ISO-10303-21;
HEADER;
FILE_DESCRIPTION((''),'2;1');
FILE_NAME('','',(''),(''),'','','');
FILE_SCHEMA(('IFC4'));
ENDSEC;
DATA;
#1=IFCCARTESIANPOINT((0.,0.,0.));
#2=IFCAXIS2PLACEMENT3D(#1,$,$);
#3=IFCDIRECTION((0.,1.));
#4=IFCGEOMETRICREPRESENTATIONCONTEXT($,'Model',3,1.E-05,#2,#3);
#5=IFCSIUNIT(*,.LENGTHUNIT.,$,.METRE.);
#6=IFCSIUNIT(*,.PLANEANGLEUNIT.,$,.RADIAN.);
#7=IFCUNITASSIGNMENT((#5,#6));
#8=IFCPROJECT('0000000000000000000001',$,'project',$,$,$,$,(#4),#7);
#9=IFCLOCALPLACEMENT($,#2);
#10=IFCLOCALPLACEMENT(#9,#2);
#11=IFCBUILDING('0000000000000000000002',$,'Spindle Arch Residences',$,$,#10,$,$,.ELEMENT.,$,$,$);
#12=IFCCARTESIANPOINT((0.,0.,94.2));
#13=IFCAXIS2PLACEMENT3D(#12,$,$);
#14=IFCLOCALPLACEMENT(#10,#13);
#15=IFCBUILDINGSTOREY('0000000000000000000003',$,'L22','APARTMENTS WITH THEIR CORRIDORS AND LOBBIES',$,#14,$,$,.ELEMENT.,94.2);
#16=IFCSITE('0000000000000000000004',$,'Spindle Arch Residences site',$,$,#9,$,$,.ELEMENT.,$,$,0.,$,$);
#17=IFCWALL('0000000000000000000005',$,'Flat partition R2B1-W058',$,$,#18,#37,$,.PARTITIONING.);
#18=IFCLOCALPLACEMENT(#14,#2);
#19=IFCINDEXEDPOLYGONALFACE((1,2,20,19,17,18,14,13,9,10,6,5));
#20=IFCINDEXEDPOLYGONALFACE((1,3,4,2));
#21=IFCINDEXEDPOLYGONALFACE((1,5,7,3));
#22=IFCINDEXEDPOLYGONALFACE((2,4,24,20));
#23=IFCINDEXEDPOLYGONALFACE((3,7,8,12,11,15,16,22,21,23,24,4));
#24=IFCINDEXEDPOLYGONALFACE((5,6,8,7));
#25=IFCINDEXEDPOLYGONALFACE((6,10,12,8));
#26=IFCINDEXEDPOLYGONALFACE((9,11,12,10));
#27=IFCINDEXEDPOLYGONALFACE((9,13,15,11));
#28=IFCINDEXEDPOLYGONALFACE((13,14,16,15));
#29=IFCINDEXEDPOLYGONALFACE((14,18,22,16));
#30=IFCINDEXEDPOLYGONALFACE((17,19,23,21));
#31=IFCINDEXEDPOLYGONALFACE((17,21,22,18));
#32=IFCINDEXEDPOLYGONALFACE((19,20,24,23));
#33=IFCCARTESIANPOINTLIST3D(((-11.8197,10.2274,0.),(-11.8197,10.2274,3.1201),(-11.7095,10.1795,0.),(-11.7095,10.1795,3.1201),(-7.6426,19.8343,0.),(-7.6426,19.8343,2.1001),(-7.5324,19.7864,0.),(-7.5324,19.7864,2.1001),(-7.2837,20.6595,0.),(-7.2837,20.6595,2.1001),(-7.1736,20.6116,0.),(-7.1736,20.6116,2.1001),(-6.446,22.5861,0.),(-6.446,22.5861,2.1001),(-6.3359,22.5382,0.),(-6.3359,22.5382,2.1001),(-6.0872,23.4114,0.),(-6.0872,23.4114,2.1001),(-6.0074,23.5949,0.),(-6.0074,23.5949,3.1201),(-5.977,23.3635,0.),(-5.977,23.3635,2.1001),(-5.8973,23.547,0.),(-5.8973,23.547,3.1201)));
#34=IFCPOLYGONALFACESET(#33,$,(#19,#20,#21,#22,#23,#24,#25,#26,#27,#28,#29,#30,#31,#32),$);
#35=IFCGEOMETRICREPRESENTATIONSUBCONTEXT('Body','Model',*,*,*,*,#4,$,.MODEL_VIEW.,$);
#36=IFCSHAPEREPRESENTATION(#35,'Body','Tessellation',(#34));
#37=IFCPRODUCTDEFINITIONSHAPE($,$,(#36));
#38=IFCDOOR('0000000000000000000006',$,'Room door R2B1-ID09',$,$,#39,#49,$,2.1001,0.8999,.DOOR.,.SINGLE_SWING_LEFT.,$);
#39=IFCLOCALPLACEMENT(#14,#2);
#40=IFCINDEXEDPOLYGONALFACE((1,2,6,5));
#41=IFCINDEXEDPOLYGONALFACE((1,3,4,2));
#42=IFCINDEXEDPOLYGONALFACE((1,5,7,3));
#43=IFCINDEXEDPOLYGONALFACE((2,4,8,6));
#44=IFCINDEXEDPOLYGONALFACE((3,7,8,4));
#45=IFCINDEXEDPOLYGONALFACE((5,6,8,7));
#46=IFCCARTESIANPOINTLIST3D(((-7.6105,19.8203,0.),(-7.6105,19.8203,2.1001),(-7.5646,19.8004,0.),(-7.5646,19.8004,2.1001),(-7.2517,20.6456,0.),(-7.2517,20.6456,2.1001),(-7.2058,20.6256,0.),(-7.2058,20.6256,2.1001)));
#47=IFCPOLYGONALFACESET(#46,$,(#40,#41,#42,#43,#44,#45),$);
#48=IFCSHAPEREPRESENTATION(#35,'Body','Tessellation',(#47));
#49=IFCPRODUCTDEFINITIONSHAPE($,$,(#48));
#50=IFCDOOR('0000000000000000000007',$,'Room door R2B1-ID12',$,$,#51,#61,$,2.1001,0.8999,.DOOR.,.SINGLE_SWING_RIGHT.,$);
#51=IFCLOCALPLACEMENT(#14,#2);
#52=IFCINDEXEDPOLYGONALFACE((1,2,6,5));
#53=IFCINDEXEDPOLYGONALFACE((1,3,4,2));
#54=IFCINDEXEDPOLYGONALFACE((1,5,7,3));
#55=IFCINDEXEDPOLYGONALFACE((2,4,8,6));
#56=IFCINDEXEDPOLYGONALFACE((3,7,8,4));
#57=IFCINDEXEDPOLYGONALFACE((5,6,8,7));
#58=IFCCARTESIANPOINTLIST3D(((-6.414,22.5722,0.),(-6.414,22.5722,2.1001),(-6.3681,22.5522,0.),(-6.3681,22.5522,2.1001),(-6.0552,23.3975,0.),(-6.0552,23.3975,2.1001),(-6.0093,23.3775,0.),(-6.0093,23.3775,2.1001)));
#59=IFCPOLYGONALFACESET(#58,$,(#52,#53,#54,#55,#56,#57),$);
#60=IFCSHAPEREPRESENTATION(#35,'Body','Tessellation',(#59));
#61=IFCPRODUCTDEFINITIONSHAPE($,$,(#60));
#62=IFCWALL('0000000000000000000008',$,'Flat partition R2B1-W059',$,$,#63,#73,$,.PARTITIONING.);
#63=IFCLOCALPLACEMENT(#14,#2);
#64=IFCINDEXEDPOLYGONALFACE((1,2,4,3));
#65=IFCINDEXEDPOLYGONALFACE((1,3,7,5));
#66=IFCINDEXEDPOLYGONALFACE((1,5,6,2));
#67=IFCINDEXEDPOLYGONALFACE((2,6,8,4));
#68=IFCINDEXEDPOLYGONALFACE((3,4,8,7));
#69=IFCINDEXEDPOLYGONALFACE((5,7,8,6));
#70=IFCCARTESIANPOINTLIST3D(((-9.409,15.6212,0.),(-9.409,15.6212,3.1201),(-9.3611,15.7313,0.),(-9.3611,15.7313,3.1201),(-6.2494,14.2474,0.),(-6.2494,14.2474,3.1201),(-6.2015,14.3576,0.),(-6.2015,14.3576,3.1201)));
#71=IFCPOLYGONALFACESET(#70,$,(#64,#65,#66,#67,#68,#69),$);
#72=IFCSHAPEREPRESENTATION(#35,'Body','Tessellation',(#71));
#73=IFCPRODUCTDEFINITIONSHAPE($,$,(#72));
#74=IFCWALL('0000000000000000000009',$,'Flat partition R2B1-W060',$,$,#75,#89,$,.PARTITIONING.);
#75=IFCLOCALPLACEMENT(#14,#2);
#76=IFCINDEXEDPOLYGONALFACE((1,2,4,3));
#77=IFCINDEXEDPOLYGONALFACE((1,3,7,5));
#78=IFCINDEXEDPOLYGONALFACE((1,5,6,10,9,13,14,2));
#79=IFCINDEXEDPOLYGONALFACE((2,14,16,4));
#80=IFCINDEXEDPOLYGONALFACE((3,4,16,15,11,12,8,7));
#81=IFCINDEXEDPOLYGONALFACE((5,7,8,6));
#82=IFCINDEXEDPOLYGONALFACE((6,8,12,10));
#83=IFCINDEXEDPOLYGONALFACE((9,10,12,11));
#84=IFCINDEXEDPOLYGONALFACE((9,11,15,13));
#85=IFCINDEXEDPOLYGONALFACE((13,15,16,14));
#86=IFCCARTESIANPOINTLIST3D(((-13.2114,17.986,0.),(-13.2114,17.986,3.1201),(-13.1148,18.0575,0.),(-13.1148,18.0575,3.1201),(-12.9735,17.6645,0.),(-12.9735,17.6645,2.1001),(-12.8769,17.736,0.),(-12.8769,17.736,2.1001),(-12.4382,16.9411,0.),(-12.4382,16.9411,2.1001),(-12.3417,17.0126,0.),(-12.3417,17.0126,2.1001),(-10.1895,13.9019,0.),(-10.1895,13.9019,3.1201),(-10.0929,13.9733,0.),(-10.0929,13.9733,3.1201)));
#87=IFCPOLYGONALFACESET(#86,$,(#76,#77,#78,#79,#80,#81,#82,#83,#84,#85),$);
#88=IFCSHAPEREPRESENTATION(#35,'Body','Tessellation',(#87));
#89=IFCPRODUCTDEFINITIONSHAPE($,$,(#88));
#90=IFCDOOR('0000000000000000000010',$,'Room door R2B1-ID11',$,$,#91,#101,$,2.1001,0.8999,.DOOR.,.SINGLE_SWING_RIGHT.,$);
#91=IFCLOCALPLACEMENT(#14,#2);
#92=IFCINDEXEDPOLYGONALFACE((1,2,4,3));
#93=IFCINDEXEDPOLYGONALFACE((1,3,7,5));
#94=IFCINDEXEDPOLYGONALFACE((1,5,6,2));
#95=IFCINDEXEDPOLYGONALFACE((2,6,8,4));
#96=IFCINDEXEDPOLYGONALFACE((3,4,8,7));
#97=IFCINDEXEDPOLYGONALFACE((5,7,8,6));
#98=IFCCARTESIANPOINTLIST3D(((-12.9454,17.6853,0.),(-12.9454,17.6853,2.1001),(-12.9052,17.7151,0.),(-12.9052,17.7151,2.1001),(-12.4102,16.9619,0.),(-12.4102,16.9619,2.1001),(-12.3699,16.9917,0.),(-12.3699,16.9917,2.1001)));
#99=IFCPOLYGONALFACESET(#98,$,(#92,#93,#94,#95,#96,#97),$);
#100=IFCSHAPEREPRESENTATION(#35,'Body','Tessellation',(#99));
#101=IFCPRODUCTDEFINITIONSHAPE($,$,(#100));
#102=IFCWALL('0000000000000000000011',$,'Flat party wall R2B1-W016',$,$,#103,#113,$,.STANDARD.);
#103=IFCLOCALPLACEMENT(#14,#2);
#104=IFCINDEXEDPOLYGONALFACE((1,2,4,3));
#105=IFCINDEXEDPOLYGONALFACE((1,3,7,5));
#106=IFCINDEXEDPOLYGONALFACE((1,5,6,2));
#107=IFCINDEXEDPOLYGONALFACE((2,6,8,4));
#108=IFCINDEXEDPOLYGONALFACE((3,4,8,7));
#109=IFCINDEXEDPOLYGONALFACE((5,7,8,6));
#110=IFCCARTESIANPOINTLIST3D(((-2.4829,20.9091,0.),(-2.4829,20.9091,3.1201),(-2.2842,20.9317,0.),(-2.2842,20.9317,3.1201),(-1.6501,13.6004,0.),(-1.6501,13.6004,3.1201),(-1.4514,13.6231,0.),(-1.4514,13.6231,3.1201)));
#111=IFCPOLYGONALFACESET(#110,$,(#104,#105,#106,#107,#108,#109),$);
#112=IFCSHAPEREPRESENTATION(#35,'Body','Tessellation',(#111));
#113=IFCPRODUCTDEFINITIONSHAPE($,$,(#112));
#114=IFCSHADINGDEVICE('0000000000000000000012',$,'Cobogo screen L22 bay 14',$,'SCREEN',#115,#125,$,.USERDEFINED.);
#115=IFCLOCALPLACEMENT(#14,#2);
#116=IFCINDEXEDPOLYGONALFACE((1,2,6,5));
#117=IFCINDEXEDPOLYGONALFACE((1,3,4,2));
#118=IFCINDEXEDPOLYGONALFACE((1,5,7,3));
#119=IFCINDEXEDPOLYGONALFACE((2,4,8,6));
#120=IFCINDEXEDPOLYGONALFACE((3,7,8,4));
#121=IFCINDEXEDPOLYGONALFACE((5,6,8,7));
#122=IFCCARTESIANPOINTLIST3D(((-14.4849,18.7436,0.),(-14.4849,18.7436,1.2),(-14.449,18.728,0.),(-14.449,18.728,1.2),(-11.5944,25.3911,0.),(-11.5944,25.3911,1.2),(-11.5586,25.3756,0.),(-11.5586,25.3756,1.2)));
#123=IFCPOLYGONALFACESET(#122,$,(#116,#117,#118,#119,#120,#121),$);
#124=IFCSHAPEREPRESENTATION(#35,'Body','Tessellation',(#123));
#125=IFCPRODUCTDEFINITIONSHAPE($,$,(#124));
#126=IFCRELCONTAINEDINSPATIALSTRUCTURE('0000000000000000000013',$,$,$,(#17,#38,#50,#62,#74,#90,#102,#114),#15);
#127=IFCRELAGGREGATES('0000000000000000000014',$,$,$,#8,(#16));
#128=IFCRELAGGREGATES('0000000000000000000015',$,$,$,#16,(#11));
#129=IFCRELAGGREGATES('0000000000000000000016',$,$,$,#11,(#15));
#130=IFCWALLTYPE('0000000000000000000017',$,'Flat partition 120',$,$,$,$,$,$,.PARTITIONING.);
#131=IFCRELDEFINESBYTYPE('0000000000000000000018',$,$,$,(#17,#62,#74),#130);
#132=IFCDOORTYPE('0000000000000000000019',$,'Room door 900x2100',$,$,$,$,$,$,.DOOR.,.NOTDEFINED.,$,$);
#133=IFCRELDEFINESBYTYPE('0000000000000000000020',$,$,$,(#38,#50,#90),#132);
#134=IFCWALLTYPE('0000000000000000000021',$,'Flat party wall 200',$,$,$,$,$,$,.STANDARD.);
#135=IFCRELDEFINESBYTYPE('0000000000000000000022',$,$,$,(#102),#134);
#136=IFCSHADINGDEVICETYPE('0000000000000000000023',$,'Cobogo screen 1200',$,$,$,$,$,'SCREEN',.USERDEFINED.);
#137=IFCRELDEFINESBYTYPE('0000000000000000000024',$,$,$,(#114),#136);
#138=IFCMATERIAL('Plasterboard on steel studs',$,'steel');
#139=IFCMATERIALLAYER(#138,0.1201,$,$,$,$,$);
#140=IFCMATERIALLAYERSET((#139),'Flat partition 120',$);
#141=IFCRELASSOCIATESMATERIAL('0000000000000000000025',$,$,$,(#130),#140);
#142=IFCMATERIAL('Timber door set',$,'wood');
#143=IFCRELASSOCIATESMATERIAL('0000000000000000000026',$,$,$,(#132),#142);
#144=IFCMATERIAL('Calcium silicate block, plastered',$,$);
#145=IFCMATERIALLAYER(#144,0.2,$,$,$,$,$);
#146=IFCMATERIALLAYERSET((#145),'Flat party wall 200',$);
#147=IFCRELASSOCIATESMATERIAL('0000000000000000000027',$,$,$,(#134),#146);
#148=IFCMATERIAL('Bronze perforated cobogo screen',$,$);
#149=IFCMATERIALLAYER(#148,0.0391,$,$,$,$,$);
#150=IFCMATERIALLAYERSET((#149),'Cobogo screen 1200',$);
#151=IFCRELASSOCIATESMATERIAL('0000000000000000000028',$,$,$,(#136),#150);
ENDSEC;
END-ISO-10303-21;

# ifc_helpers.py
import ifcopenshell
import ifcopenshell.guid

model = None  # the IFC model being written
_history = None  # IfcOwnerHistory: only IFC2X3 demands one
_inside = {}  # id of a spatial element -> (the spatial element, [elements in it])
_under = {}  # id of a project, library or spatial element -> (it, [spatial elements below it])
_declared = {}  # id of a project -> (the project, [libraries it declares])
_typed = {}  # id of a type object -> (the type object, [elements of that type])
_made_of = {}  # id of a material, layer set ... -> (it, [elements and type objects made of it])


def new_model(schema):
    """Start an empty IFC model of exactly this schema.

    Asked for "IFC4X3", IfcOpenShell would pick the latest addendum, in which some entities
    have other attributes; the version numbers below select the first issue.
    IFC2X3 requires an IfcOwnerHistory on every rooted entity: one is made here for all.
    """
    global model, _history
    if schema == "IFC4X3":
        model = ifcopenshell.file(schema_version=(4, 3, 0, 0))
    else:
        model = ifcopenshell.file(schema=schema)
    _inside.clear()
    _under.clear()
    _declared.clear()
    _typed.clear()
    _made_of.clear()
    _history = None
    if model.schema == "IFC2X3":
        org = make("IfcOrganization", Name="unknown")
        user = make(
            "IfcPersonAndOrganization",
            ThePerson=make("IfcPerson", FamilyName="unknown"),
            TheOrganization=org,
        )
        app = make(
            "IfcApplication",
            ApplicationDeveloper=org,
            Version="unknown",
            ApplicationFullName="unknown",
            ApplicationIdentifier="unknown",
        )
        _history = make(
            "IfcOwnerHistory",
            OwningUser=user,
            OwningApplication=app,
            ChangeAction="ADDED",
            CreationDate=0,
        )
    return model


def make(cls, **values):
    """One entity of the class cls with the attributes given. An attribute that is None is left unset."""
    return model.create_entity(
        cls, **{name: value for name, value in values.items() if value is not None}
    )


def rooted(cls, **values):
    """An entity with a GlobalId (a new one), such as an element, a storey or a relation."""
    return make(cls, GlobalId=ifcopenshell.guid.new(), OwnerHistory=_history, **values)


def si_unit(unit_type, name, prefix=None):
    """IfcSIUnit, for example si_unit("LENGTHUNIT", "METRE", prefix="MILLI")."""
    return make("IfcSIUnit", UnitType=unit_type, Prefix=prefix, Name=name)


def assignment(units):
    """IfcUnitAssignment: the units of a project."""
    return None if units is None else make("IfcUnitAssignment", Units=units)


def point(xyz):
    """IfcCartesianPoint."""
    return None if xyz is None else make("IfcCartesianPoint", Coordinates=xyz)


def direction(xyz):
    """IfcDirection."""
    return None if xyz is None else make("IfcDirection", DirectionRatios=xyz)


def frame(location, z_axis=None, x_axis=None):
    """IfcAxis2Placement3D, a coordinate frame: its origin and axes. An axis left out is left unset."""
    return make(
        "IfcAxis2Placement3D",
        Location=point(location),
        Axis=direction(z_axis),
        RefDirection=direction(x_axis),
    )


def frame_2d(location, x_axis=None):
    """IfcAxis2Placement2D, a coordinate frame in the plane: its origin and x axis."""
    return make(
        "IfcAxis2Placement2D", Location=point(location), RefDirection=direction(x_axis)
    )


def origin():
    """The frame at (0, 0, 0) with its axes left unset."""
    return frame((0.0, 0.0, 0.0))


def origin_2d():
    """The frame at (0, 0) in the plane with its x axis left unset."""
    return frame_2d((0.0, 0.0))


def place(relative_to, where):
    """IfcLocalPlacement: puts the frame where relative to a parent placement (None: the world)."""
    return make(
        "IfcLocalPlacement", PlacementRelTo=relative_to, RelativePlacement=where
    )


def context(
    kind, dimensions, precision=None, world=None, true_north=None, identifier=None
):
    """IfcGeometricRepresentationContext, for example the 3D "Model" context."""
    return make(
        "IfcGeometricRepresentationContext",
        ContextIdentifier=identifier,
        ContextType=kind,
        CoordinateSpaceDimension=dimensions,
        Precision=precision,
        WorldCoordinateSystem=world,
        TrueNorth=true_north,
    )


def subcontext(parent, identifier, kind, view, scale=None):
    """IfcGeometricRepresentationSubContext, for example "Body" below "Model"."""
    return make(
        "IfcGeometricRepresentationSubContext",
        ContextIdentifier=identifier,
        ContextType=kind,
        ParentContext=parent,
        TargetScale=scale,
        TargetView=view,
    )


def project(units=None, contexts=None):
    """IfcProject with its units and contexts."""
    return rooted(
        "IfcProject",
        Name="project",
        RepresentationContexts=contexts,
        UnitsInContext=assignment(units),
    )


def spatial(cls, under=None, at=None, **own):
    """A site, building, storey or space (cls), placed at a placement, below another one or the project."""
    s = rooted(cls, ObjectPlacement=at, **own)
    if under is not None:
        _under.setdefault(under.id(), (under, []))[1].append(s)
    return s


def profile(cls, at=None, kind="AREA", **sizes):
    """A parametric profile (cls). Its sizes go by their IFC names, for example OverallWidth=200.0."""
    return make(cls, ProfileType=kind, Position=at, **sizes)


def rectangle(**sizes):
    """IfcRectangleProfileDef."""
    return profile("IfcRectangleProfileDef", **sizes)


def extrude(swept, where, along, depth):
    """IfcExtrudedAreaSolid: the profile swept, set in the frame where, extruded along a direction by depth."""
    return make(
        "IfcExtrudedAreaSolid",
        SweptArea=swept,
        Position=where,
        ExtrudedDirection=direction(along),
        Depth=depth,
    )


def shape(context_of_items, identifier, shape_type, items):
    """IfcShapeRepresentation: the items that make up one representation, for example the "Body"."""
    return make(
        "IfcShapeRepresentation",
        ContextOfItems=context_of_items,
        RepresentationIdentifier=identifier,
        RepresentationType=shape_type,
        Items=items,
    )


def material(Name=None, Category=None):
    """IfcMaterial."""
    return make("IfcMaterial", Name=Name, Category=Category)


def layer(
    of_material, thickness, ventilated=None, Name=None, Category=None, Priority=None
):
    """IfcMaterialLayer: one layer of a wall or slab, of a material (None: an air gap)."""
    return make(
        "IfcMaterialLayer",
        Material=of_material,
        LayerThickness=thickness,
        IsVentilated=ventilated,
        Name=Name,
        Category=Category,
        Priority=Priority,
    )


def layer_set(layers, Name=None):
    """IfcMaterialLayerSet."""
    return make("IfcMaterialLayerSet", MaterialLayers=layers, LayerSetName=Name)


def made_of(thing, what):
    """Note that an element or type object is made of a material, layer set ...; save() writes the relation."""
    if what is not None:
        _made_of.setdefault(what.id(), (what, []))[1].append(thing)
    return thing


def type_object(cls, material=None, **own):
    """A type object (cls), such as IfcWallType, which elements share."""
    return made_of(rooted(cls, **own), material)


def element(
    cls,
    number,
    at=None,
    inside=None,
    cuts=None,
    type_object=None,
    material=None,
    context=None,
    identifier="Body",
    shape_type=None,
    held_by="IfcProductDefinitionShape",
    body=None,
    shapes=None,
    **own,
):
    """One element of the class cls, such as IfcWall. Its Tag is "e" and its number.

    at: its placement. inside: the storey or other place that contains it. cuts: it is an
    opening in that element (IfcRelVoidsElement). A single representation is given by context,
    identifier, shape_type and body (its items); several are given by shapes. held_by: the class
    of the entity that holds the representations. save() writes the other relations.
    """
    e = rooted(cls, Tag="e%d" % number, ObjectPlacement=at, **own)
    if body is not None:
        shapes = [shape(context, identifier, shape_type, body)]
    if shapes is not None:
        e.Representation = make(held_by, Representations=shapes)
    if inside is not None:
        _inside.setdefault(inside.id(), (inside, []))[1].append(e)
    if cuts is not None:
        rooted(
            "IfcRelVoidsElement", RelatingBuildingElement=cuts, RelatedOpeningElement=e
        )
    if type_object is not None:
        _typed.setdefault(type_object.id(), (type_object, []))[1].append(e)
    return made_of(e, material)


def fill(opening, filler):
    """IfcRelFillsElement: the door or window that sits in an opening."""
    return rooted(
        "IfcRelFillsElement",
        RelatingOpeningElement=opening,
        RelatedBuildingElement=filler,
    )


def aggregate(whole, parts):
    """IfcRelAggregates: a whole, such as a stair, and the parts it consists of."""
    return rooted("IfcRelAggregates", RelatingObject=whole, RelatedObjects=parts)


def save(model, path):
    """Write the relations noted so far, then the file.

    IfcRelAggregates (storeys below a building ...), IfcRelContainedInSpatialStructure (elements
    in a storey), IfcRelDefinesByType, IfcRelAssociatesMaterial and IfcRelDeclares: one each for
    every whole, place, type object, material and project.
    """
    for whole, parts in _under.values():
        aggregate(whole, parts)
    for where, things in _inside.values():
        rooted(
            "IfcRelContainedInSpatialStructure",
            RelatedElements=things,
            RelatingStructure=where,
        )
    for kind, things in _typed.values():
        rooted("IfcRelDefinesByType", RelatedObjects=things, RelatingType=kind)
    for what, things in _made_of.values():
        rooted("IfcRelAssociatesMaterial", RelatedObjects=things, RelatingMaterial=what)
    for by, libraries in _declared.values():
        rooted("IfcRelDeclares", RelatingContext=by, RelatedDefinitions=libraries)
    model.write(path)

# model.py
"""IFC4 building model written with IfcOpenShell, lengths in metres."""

from ifc_helpers import new_model, si_unit, direction, frame, frame_2d, origin, origin_2d, place, context, subcontext, project, spatial, rectangle, extrude, material, layer, layer_set, type_object, element, fill, save


model = new_model("IFC4")

# Units and contexts
model_context = context("Model", 3, precision=1e-05, world=origin(), true_north=direction((0.0, 1.0)))
body_context = subcontext(model_context, "Body", "Model", "MODEL_VIEW")
ifc_project = project(units=[si_unit("LENGTHUNIT", "METRE"), si_unit("PLANEANGLEUNIT", "RADIAN")], contexts=[model_context])

# Site, building, storey
site_placement = place(None, origin())
site = spatial("IfcSite", under=ifc_project, at=site_placement, Name="Spindle Arch Residences site", CompositionType="ELEMENT", RefElevation=0.0)
building_placement = place(site_placement, origin())
building = spatial("IfcBuilding", under=site, at=building_placement, Name="Spindle Arch Residences", CompositionType="ELEMENT")
storey_placement = place(building_placement, frame((0.0, 0.0, 94.2)))
storey = spatial("IfcBuildingStorey", under=building, at=storey_placement, Name="L22", Description="APARTMENTS WITH THEIR CORRIDORS AND LOBBIES", CompositionType="ELEMENT", Elevation=94.2)

# Shared definitions
ifc_material_1 = material(Name="Plasterboard on steel studs", Category="steel")
ifc_layer_1 = layer(ifc_material_1, 0.1201)
ifc_layer_set_1 = layer_set([ifc_layer_1], Name="Flat partition 120")
wall_type_1 = type_object("IfcWallType", Name="Flat partition 120", PredefinedType="PARTITIONING", material=ifc_layer_set_1)

# Shared definitions
ifc_material_2 = material(Name="Timber door set", Category="wood")
door_type_1 = type_object("IfcDoorType", Name="Room door 900x2100", OperationType="NOTDEFINED", PredefinedType="DOOR", material=ifc_material_2)

# Wall, openings, doors
wall_1_placement = place(storey_placement, frame((-5.9524, 23.5708, 0.0), z_axis=(0.0, 0.0, 1.0), x_axis=(-0.398745, -0.917062, 0.0)))
wall_1 = element("IfcWall", 1, at=wall_1_placement, inside=storey, type_object=wall_type_1, Name="Flat partition R2B1-W058", PredefinedType="PARTITIONING", context=body_context, shape_type="SweptSolid", body=[
    extrude(rectangle(XDim=14.5764, YDim=0.1201, at=frame_2d((7.2881, 0.0))), origin(), (0.0, 0.0, 1.0), 3.1201),
])
opening_1_placement = place(wall_1_placement, frame((3.2007, 0.0, 0.0)))
opening_1 = element("IfcOpeningElement", 2, at=opening_1_placement, cuts=wall_1, PredefinedType="OPENING", context=body_context, shape_type="SweptSolid", body=[
    extrude(rectangle(XDim=0.8999, YDim=2.1001, at=frame_2d((0.45, 1.05))), frame((0.0, 0.0701, 0.0), z_axis=(0.0, -1.0, 0.0), x_axis=(1.0, 0.0, 0.0)), (0.0, 0.0, 1.0), 0.1401),
])
opening_2_placement = place(wall_1_placement, frame((0.2, 0.0, 0.0)))
opening_2 = element("IfcOpeningElement", 3, at=opening_2_placement, cuts=wall_1, PredefinedType="OPENING", context=body_context, shape_type="SweptSolid", body=[
    extrude(rectangle(XDim=0.8999, YDim=2.1001, at=frame_2d((0.45, 1.05))), frame((0.0, 0.0701, 0.0), z_axis=(0.0, -1.0, 0.0), x_axis=(1.0, 0.0, 0.0)), (0.0, 0.0, 1.0), 0.1401),
])
door_1_placement = place(opening_1_placement, origin())
door_1 = element("IfcDoor", 4, at=door_1_placement, inside=storey, type_object=door_type_1, Name="Room door R2B1-ID09", OperationType="SINGLE_SWING_LEFT", OverallHeight=2.1001, OverallWidth=0.8999, PredefinedType="DOOR", context=body_context, shape_type="SweptSolid", body=[
    extrude(rectangle(XDim=0.8999, YDim=2.1001, at=frame_2d((0.45, 1.05))), frame((0.0, 0.0249, 0.0), z_axis=(0.0, -1.0, 0.0), x_axis=(1.0, 0.0, 0.0)), (0.0, 0.0, 1.0), 0.05),
])
fill(opening_1, door_1)
door_2_placement = place(opening_2_placement, origin())
door_2 = element("IfcDoor", 5, at=door_2_placement, inside=storey, type_object=door_type_1, Name="Room door R2B1-ID12", OperationType="SINGLE_SWING_RIGHT", OverallHeight=2.1001, OverallWidth=0.8999, PredefinedType="DOOR", context=body_context, shape_type="SweptSolid", body=[
    extrude(rectangle(XDim=0.8999, YDim=2.1001, at=frame_2d((0.45, 1.05))), frame((0.0, 0.0249, 0.0), z_axis=(0.0, -1.0, 0.0), x_axis=(1.0, 0.0, 0.0)), (0.0, 0.0, 1.0), 0.05),
])
fill(opening_2, door_2)

# Wall
wall_2_placement = place(storey_placement, frame((-9.385, 15.6763, 0.0), z_axis=(0.0, 0.0, 1.0), x_axis=(0.917069, -0.398729, 0.0)))
element("IfcWall", 6, at=wall_2_placement, inside=storey, type_object=wall_type_1, Name="Flat partition R2B1-W059", PredefinedType="PARTITIONING", context=body_context, shape_type="SweptSolid", body=[
    extrude(rectangle(XDim=3.4453, YDim=0.1201, at=frame_2d((1.7227, 0.0))), origin(), (0.0, 0.0, 1.0), 3.1201),
])

# Wall, opening, door
wall_3_placement = place(storey_placement, frame((-13.1631, 18.0217, 0.0), z_axis=(0.0, 0.0, 1.0), x_axis=(0.594798, -0.803875, 0.0)))
wall_3 = element("IfcWall", 7, at=wall_3_placement, inside=storey, type_object=wall_type_1, Name="Flat partition R2B1-W060", PredefinedType="PARTITIONING", context=body_context, shape_type="SweptSolid", body=[
    extrude(rectangle(XDim=5.0806, YDim=0.1201, at=frame_2d((2.5403, 0.0))), origin(), (0.0, 0.0, 1.0), 3.1201),
])
opening_3_placement = place(wall_3_placement, frame((0.3999, 0.0, 0.0)))
opening_3 = element("IfcOpeningElement", 8, at=opening_3_placement, cuts=wall_3, PredefinedType="OPENING", context=body_context, shape_type="SweptSolid", body=[
    extrude(rectangle(XDim=0.8999, YDim=2.1001, at=frame_2d((0.45, 1.05))), frame((0.0, 0.0701, 0.0), z_axis=(0.0, -1.0, 0.0), x_axis=(1.0, 0.0, 0.0)), (0.0, 0.0, 1.0), 0.1401),
])
door_3_placement = place(opening_3_placement, origin())
door_3 = element("IfcDoor", 9, at=door_3_placement, inside=storey, type_object=door_type_1, Name="Room door R2B1-ID11", OperationType="SINGLE_SWING_RIGHT", OverallHeight=2.1001, OverallWidth=0.8999, PredefinedType="DOOR", context=body_context, shape_type="SweptSolid", body=[
    extrude(rectangle(XDim=0.8999, YDim=2.1001, at=frame_2d((0.45, 1.05))), frame((0.0, 0.0249, 0.0), z_axis=(0.0, -1.0, 0.0), x_axis=(1.0, 0.0, 0.0)), (0.0, 0.0, 1.0), 0.05),
])
fill(opening_3, door_3)

# Wall
ifc_material_3 = material(Name="Calcium silicate block, plastered")
ifc_layer_2 = layer(ifc_material_3, 0.2)
ifc_layer_set_2 = layer_set([ifc_layer_2], Name="Flat party wall 200")
wall_type_2 = type_object("IfcWallType", Name="Flat party wall 200", PredefinedType="STANDARD", material=ifc_layer_set_2)
wall_4_placement = place(storey_placement, frame((-2.3835, 20.9204, 0.0), z_axis=(0.0, 0.0, 1.0), x_axis=(0.113211, -0.993571, 0.0)))
element("IfcWall", 10, at=wall_4_placement, inside=storey, type_object=wall_type_2, Name="Flat party wall R2B1-W016", PredefinedType="STANDARD", context=body_context, shape_type="SweptSolid", body=[
    extrude(rectangle(XDim=7.356, YDim=0.2, at=frame_2d((3.678, 0.0))), origin(), (0.0, 0.0, 1.0), 3.1201),
])

# Shading device
ifc_material_4 = material(Name="Bronze perforated cobogo screen")
ifc_layer_3 = layer(ifc_material_4, 0.0391)
ifc_layer_set_3 = layer_set([ifc_layer_3], Name="Cobogo screen 1200")
shading_device_type = type_object("IfcShadingDeviceType", Name="Cobogo screen 1200", ElementType="SCREEN", PredefinedType="USERDEFINED", material=ifc_layer_set_3)
shading_device_placement = place(storey_placement, frame((-13.0217, 22.0596, 0.0), z_axis=(0.0, 0.0, 1.0), x_axis=(-0.398749, -0.91706, 0.0)))
element("IfcShadingDevice", 11, at=shading_device_placement, inside=storey, type_object=shading_device_type, Name="Cobogo screen L22 bay 14", ObjectType="SCREEN", PredefinedType="USERDEFINED", context=body_context, shape_type="SweptSolid", body=[
    extrude(rectangle(XDim=7.2488, YDim=0.0391, at=origin_2d()), origin(), (0.0, 0.0, 1.0), 1.2),
])

save(model, "model.ifc")
